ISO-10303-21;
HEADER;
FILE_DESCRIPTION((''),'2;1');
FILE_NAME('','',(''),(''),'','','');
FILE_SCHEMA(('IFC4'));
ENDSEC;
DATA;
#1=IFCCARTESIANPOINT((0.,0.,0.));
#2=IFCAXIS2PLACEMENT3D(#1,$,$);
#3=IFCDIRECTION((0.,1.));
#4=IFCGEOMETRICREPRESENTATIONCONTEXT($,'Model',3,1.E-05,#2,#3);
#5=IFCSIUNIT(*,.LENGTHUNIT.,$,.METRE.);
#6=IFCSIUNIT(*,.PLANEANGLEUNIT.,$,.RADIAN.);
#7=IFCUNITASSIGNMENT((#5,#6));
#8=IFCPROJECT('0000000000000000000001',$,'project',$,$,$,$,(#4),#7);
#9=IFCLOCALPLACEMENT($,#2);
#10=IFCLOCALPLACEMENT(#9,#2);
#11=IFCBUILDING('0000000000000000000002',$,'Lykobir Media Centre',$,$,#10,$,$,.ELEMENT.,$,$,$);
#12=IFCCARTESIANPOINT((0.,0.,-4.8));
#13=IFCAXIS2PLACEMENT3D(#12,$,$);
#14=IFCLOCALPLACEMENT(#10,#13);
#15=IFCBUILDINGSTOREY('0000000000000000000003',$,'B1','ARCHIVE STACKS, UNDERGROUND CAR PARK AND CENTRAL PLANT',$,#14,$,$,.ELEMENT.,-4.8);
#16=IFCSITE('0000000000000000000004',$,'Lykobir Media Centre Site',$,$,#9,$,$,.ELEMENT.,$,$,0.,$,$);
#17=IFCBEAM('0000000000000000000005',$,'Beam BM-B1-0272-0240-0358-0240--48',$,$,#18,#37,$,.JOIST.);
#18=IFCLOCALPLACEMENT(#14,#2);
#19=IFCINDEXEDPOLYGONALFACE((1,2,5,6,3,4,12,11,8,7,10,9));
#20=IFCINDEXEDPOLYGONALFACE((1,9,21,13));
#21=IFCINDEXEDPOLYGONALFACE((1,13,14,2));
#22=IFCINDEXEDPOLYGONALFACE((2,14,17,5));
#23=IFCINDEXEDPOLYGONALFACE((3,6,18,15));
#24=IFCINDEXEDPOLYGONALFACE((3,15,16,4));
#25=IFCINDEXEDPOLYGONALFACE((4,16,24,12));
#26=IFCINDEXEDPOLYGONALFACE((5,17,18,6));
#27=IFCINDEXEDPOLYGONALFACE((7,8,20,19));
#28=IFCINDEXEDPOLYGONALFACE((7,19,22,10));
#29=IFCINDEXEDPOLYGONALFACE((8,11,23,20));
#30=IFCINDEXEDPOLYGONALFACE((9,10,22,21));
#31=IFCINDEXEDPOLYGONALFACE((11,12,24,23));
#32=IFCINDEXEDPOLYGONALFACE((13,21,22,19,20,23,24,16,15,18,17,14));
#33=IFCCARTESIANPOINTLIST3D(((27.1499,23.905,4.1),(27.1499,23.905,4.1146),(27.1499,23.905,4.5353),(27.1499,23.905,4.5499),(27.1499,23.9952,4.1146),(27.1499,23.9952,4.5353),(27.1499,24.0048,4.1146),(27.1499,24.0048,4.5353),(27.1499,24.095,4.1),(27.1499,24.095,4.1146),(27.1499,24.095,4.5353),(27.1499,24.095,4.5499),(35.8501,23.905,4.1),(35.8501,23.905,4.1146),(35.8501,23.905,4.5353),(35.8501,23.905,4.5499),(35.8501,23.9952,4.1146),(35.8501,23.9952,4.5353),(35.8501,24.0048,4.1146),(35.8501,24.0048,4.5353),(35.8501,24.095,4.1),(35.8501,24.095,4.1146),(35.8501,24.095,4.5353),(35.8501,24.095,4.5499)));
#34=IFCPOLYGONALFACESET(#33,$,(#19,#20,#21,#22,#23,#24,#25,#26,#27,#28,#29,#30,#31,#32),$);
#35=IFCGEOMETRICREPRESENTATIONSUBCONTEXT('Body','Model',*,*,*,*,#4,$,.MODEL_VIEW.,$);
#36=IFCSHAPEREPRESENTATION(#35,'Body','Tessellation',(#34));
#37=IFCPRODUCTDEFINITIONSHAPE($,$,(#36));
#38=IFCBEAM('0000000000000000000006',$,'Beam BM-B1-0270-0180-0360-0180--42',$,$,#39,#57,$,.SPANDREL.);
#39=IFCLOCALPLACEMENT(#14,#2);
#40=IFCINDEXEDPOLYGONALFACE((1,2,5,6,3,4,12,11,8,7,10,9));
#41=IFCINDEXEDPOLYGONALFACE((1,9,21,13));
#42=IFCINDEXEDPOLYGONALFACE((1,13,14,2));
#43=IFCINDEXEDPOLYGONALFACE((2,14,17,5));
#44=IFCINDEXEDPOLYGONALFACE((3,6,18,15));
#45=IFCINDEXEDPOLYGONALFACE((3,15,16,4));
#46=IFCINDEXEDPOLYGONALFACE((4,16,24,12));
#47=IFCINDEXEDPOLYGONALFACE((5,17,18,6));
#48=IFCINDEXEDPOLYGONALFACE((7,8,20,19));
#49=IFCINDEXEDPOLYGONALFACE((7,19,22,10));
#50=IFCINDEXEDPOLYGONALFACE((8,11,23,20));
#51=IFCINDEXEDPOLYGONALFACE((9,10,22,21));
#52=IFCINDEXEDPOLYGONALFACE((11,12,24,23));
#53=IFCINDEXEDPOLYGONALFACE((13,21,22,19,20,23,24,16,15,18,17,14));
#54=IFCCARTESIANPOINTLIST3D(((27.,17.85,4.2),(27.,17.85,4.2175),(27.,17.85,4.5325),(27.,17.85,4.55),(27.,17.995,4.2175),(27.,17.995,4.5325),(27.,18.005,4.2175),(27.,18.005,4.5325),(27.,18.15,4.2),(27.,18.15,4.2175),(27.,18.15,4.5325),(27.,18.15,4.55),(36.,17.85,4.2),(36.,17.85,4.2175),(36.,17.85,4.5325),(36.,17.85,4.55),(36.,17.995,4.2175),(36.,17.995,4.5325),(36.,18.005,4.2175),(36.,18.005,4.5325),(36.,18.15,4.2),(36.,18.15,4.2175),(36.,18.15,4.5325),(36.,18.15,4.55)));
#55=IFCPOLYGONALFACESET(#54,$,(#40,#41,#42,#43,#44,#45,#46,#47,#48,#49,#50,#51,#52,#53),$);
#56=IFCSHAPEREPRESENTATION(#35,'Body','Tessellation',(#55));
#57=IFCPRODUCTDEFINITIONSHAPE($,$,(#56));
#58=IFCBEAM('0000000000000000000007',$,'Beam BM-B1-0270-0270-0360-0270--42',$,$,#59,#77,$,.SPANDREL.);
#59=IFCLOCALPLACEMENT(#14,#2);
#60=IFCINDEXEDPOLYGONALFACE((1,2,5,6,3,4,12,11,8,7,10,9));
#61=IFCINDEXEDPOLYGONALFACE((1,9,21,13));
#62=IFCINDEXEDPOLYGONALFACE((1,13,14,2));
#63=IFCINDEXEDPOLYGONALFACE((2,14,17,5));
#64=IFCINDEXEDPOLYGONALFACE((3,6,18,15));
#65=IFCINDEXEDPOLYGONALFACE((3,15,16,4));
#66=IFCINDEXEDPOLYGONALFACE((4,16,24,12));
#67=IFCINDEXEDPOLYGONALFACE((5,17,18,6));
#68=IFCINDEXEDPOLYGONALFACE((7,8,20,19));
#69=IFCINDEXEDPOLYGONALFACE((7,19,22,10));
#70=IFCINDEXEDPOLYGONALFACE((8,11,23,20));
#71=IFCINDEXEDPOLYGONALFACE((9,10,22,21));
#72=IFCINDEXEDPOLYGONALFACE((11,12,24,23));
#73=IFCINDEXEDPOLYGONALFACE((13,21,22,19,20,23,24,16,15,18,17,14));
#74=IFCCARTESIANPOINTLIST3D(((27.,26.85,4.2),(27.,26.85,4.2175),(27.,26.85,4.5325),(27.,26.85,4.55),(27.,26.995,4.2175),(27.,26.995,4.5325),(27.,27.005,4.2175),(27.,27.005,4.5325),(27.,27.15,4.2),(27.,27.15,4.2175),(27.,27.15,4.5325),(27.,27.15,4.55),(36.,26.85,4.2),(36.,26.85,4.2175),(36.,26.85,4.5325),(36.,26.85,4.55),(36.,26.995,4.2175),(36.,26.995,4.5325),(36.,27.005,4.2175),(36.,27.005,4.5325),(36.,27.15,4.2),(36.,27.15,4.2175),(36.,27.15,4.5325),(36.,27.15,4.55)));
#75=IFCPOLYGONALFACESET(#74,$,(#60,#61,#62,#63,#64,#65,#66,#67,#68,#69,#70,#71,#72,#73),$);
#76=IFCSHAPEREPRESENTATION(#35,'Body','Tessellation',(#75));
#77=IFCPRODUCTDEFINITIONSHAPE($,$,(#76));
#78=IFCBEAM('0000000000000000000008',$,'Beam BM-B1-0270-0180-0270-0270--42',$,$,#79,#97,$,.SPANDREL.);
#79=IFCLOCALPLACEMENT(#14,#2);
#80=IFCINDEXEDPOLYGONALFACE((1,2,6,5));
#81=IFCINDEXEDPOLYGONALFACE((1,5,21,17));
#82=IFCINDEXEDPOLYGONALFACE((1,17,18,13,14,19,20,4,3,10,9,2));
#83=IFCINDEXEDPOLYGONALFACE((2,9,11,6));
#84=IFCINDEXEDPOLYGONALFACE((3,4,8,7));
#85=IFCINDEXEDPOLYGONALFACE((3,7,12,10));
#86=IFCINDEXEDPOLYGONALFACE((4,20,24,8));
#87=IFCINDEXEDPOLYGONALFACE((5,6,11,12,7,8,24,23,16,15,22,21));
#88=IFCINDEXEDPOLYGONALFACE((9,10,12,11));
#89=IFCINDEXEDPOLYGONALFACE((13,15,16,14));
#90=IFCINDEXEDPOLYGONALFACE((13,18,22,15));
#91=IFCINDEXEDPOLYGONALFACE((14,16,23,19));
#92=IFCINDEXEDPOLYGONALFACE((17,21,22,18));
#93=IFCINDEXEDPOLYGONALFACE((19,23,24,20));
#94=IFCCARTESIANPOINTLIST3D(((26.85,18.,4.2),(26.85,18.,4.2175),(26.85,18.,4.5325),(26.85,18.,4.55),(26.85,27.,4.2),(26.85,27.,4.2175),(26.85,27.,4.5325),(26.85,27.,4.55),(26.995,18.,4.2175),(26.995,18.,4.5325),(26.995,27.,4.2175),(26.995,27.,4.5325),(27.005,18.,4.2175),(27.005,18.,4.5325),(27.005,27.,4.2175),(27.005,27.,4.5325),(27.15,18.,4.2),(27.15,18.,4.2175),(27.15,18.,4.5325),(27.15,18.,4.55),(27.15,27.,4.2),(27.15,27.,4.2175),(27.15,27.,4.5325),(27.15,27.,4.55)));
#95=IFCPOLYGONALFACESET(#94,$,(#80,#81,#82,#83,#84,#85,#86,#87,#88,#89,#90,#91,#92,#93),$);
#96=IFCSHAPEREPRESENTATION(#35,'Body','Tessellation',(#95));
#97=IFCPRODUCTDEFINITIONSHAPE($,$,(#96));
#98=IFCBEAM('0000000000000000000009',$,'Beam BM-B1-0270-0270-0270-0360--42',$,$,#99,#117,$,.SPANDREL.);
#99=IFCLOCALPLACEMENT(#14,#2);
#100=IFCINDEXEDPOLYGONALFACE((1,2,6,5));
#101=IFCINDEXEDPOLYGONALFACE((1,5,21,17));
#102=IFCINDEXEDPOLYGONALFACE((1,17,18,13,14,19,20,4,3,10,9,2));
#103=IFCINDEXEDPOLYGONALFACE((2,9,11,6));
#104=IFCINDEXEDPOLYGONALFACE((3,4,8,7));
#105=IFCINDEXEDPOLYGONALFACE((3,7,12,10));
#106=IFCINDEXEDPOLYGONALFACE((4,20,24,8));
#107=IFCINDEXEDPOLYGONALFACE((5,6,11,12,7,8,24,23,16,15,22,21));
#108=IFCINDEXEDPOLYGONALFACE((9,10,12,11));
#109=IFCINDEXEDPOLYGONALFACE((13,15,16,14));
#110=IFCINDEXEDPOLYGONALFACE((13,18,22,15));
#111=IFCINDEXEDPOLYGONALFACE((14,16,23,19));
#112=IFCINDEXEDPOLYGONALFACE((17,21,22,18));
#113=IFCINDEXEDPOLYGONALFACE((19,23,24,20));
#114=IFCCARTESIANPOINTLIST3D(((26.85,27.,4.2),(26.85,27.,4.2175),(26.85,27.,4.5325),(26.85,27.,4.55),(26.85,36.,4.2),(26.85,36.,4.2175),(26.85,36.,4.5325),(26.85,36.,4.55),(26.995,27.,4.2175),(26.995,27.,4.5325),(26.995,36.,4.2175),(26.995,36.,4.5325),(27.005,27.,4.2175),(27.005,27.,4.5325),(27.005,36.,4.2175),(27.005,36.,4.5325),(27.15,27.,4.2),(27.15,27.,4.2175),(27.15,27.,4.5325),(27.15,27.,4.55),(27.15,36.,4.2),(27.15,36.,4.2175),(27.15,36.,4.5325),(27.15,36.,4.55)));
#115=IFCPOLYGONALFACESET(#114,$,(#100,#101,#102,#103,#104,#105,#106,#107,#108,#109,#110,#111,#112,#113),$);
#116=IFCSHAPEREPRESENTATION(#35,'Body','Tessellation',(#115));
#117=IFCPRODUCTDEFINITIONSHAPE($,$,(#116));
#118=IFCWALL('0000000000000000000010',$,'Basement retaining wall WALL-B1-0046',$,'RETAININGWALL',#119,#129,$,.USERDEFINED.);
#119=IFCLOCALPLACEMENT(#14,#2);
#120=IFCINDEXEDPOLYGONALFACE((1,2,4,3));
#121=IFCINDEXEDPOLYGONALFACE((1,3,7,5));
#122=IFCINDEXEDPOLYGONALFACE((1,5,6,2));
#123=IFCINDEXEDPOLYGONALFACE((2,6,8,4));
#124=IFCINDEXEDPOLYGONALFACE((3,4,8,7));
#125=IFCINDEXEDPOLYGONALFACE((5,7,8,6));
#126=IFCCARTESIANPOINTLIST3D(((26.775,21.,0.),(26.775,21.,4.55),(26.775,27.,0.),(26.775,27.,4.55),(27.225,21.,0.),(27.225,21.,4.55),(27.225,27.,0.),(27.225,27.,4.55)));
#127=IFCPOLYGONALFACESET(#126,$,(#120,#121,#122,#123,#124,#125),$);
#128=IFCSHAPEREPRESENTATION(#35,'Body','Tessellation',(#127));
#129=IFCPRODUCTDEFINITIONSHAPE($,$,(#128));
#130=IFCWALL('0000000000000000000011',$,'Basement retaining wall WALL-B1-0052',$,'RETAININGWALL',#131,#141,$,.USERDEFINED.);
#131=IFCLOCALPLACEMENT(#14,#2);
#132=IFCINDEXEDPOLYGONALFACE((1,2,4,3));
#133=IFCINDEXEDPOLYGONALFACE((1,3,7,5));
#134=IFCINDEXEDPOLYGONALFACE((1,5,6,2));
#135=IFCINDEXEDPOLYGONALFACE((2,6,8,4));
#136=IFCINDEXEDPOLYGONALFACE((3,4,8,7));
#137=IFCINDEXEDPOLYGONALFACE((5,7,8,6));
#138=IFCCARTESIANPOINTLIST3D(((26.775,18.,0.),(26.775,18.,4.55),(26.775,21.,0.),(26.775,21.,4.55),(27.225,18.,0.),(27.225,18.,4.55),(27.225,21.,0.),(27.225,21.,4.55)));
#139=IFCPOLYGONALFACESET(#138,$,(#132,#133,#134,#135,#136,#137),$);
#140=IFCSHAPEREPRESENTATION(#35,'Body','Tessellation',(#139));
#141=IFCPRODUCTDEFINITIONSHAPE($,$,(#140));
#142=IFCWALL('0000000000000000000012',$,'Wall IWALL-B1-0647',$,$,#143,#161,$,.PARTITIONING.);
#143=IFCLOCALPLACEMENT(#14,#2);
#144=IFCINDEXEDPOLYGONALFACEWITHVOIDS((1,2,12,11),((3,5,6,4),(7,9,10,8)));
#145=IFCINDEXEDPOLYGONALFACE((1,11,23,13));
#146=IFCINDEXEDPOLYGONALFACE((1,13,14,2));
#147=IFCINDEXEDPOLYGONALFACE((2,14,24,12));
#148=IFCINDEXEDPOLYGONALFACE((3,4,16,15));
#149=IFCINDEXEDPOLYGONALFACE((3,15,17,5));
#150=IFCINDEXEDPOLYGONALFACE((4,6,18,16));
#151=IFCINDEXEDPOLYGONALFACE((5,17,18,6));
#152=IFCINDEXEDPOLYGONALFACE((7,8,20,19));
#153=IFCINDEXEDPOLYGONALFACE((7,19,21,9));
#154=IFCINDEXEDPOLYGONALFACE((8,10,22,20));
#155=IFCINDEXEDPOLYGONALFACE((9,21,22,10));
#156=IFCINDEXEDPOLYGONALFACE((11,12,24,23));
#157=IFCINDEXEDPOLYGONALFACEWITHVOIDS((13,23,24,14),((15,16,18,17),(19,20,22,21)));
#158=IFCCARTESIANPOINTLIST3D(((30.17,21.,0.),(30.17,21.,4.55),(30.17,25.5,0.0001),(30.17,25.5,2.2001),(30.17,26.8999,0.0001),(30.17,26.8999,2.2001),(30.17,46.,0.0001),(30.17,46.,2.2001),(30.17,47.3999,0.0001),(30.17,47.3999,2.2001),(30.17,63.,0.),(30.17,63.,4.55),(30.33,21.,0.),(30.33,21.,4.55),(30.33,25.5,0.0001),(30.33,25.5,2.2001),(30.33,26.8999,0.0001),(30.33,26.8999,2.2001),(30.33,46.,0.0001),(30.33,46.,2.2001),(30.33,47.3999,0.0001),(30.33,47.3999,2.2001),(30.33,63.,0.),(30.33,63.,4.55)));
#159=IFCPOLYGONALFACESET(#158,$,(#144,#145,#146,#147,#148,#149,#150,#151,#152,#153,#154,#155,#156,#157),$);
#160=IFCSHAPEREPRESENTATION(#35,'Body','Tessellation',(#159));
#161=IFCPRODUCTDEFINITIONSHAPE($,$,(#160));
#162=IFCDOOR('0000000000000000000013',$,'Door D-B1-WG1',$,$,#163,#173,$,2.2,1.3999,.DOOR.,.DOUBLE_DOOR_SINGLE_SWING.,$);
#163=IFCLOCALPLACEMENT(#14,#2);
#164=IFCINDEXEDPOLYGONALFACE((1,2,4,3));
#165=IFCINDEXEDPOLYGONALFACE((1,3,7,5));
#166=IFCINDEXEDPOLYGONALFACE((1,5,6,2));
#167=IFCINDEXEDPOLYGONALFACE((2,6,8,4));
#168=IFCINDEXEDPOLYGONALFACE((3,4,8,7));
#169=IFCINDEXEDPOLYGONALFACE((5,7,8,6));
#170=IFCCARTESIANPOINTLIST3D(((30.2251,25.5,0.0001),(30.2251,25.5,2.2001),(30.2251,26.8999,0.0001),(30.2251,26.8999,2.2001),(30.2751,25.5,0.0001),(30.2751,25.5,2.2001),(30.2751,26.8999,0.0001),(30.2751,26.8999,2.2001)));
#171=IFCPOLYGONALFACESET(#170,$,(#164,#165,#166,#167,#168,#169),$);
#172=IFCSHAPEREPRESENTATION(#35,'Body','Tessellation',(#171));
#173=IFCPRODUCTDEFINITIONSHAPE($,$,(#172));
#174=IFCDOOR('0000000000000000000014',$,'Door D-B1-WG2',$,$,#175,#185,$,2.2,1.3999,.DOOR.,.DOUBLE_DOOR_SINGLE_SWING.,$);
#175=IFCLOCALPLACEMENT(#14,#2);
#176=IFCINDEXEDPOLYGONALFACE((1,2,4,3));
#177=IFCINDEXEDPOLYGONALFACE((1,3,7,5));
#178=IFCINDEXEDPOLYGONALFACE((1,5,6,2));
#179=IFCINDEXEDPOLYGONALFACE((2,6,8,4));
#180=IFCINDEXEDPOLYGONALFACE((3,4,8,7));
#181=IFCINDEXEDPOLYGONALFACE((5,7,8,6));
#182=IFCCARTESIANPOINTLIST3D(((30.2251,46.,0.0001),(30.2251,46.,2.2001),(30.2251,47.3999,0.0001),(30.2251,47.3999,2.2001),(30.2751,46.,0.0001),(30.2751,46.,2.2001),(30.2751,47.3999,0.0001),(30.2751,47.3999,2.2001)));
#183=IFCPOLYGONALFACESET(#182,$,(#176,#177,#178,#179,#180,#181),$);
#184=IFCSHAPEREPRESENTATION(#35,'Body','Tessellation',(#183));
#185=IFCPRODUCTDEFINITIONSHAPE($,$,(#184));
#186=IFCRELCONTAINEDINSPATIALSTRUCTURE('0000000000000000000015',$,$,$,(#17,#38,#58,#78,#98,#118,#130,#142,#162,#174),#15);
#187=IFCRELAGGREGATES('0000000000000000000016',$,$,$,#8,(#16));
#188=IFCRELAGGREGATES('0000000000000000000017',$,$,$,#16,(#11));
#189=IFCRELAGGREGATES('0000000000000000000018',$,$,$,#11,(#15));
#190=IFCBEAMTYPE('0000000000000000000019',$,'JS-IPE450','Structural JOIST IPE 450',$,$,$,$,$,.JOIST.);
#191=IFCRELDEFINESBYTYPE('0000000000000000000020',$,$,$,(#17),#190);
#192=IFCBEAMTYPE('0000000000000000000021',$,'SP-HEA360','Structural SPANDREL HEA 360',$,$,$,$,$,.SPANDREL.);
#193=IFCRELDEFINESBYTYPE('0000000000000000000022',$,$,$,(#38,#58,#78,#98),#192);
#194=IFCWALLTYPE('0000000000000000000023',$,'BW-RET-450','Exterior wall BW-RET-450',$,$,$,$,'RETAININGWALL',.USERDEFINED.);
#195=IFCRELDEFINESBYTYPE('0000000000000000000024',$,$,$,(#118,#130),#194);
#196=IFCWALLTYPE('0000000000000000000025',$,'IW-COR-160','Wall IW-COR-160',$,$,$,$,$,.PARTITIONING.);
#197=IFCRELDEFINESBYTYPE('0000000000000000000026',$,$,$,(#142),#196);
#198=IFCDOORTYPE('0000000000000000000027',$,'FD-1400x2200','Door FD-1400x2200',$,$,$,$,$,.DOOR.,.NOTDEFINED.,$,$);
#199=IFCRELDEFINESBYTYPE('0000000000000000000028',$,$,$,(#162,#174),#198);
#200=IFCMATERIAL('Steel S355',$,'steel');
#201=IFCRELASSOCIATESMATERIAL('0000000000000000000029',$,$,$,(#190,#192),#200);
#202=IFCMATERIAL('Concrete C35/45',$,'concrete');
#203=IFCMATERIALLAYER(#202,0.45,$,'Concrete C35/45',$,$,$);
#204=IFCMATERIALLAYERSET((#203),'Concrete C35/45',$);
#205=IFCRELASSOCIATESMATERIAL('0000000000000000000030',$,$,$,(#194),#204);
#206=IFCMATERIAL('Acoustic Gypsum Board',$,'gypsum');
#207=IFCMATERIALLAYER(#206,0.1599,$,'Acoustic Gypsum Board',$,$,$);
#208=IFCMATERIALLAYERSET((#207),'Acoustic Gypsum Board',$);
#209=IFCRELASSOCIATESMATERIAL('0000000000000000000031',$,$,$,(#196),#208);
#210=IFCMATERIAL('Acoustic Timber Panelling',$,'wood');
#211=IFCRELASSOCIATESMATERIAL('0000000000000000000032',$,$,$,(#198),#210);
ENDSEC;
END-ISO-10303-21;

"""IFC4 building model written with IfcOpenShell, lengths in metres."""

from ifc_helpers import new_model, si_unit, direction, frame, frame_2d, origin, origin_2d, place, context, subcontext, project, spatial, rectangle, i_section, extrude, material, layer, layer_set, material_profile, profile_set, type_object, element, fill, save


model = new_model("IFC4")

# Units and contexts
model_context = context("Model", 3, precision=1e-05, world=origin(), true_north=direction((0.0, 1.0)))
body_context = subcontext(model_context, "Body", "Model", "MODEL_VIEW")
ifc_project = project(units=[si_unit("LENGTHUNIT", "METRE"), si_unit("PLANEANGLEUNIT", "RADIAN")], contexts=[model_context])

# Site, building, storey
site_placement = place(None, origin())
site = spatial("IfcSite", under=ifc_project, at=site_placement, Name="Lykobir Media Centre Site", CompositionType="ELEMENT", RefElevation=0.0)
building_placement = place(site_placement, origin())
building = spatial("IfcBuilding", under=site, at=building_placement, Name="Lykobir Media Centre", CompositionType="ELEMENT")
storey_placement = place(building_placement, frame((0.0, 0.0, -4.8)))
storey = spatial("IfcBuildingStorey", under=building, at=storey_placement, Name="B1", Description="ARCHIVE STACKS, UNDERGROUND CAR PARK AND CENTRAL PLANT", CompositionType="ELEMENT", Elevation=-4.8)

# Shared definitions
ifc_material_1 = material(Name="Concrete C35/45", Category="concrete")

# Beams
ifc_material_2 = material(Name="Steel S355", Category="steel")
ifc_material_profile_1 = material_profile(ifc_material_2, i_section(OverallWidth=0.1899, OverallDepth=0.45, WebThickness=0.0095, FlangeThickness=0.0146, at=origin_2d()), Name="IPE 450")
ifc_profile_set_1 = profile_set([ifc_material_profile_1], Name="Steel S355")
beam_type_1 = type_object("IfcBeamType", Name="JS-IPE450", Description="Structural JOIST IPE 450", PredefinedType="JOIST", material=ifc_profile_set_1)
for number, where, z_axis, x_axis, name in (
    (1, (27.1499, 24.0, 4.325), (1.0, 0.0, 0.0), (0.0, 1.0, 0.0), "Beam BM-B1-0272-0240-0358-0240--48"),
):
    element("IfcBeam", number, at=place(storey_placement, frame(where, z_axis=z_axis, x_axis=x_axis)), inside=storey, type_object=beam_type_1, Name=name, PredefinedType="JOIST", context=body_context, shape_type="SweptSolid", body=[
        extrude(i_section(OverallWidth=0.1899, OverallDepth=0.45, WebThickness=0.0095, FlangeThickness=0.0146, at=origin_2d()), origin(), (0.0, 0.0, 1.0), 8.7002),
    ])
ifc_material_profile_2 = material_profile(ifc_material_2, i_section(OverallWidth=0.3, OverallDepth=0.3501, WebThickness=0.01, FlangeThickness=0.0176, at=origin_2d()), Name="HEA 360")
ifc_profile_set_2 = profile_set([ifc_material_profile_2], Name="Steel S355")
beam_type_2 = type_object("IfcBeamType", Name="SP-HEA360", Description="Structural SPANDREL HEA 360", PredefinedType="SPANDREL", material=ifc_profile_set_2)
for number, where, z_axis, x_axis, name in (
    (2, (27.0, 18.0, 4.375), (1.0, 0.0, 0.0), (0.0, 1.0, 0.0), "Beam BM-B1-0270-0180-0360-0180--42"),
    (3, (27.0, 27.0, 4.375), (1.0, 0.0, 0.0), (0.0, 1.0, 0.0), "Beam BM-B1-0270-0270-0360-0270--42"),
    (4, (27.0, 18.0, 4.375), (0.0, 1.0, 0.0), (-1.0, 0.0, 0.0), "Beam BM-B1-0270-0180-0270-0270--42"),
    (5, (27.0, 27.0, 4.375), (0.0, 1.0, 0.0), (-1.0, 0.0, 0.0), "Beam BM-B1-0270-0270-0270-0360--42"),
):
    element("IfcBeam", number, at=place(storey_placement, frame(where, z_axis=z_axis, x_axis=x_axis)), inside=storey, type_object=beam_type_2, Name=name, PredefinedType="SPANDREL", context=body_context, shape_type="SweptSolid", body=[
        extrude(i_section(OverallWidth=0.3, OverallDepth=0.3501, WebThickness=0.01, FlangeThickness=0.0176, at=origin_2d()), origin(), (0.0, 0.0, 1.0), 9.0),
    ])

# Walls
ifc_layer_1 = layer(ifc_material_1, 0.45, Name="Concrete C35/45")
ifc_layer_set_1 = layer_set([ifc_layer_1], Name="Concrete C35/45")
wall_type_1 = type_object("IfcWallType", Name="BW-RET-450", Description="Exterior wall BW-RET-450", ElementType="RETAININGWALL", PredefinedType="USERDEFINED", material=ifc_layer_set_1)
wall_1_placement = place(storey_placement, frame((27.0, 27.0, 0.0), z_axis=(0.0, 0.0, 1.0), x_axis=(0.0, -1.0, 0.0)))
element("IfcWall", 6, at=wall_1_placement, inside=storey, type_object=wall_type_1, Name="Basement retaining wall WALL-B1-0046", ObjectType="RETAININGWALL", PredefinedType="USERDEFINED", context=body_context, shape_type="SweptSolid", body=[
    extrude(rectangle(XDim=6.0, YDim=0.45, at=frame_2d((3.0, 0.0))), origin(), (0.0, 0.0, 1.0), 4.55),
])
wall_2_placement = place(storey_placement, frame((27.0, 21.0, 0.0), z_axis=(0.0, 0.0, 1.0), x_axis=(0.0, -1.0, 0.0)))
element("IfcWall", 7, at=wall_2_placement, inside=storey, type_object=wall_type_1, Name="Basement retaining wall WALL-B1-0052", ObjectType="RETAININGWALL", PredefinedType="USERDEFINED", context=body_context, shape_type="SweptSolid", body=[
    extrude(rectangle(XDim=3.0, YDim=0.45, at=frame_2d((1.5, 0.0))), origin(), (0.0, 0.0, 1.0), 4.55),
])

# Wall, openings, doors
ifc_material_3 = material(Name="Acoustic Gypsum Board", Category="gypsum")
ifc_layer_2 = layer(ifc_material_3, 0.1599, Name="Acoustic Gypsum Board")
ifc_layer_set_2 = layer_set([ifc_layer_2], Name="Acoustic Gypsum Board")
wall_type_2 = type_object("IfcWallType", Name="IW-COR-160", Description="Wall IW-COR-160", PredefinedType="PARTITIONING", material=ifc_layer_set_2)
wall_3_placement = place(storey_placement, frame((30.25, 21.0, 0.0), z_axis=(0.0, 0.0, 1.0), x_axis=(0.0, 1.0, 0.0)))
wall_3 = element("IfcWall", 8, at=wall_3_placement, inside=storey, type_object=wall_type_2, Name="Wall IWALL-B1-0647", PredefinedType="PARTITIONING", context=body_context, shape_type="SweptSolid", body=[
    extrude(rectangle(XDim=42.0, YDim=0.1599, at=frame_2d((21.0, 0.0))), origin(), (0.0, 0.0, 1.0), 4.55),
])
opening_1_placement = place(wall_3_placement, frame((4.5, 0.0, 0.0)))
opening_1 = element("IfcOpeningElement", 9, at=opening_1_placement, cuts=wall_3, PredefinedType="OPENING", context=body_context, shape_type="SweptSolid", body=[
    extrude(rectangle(XDim=1.3999, YDim=2.2, at=frame_2d((0.7, 1.1001))), frame((0.0, 0.0898, 0.0), z_axis=(0.0, -1.0, 0.0), x_axis=(1.0, 0.0, 0.0)), (0.0, 0.0, 1.0), 0.1799),
])
opening_2_placement = place(wall_3_placement, frame((25.0, 0.0, 0.0)))
opening_2 = element("IfcOpeningElement", 10, at=opening_2_placement, cuts=wall_3, PredefinedType="OPENING", context=body_context, shape_type="SweptSolid", body=[
    extrude(rectangle(XDim=1.3999, YDim=2.2, at=frame_2d((0.7, 1.1001))), frame((0.0, 0.0898, 0.0), z_axis=(0.0, -1.0, 0.0), x_axis=(1.0, 0.0, 0.0)), (0.0, 0.0, 1.0), 0.1799),
])
ifc_material_4 = material(Name="Acoustic Timber Panelling", Category="wood")
door_type = type_object("IfcDoorType", Name="FD-1400x2200", Description="Door FD-1400x2200", OperationType="NOTDEFINED", PredefinedType="DOOR", material=ifc_material_4)
door_1_placement = place(opening_1_placement, origin())
door_1 = element("IfcDoor", 11, at=door_1_placement, inside=storey, type_object=door_type, Name="Door D-B1-WG1", OperationType="DOUBLE_DOOR_SINGLE_SWING", OverallHeight=2.2, OverallWidth=1.3999, PredefinedType="DOOR", context=body_context, shape_type="SweptSolid", body=[
    extrude(rectangle(XDim=1.3999, YDim=2.2, at=frame_2d((0.7, 1.1001))), frame((0.0, 0.0249, 0.0), z_axis=(0.0, -1.0, 0.0), x_axis=(1.0, 0.0, 0.0)), (0.0, 0.0, 1.0), 0.05),
])
fill(opening_1, door_1)
door_2_placement = place(opening_2_placement, origin())
door_2 = element("IfcDoor", 12, at=door_2_placement, inside=storey, type_object=door_type, Name="Door D-B1-WG2", OperationType="DOUBLE_DOOR_SINGLE_SWING", OverallHeight=2.2, OverallWidth=1.3999, PredefinedType="DOOR", context=body_context, shape_type="SweptSolid", body=[
    extrude(rectangle(XDim=1.3999, YDim=2.2, at=frame_2d((0.7, 1.1001))), frame((0.0, 0.0249, 0.0), z_axis=(0.0, -1.0, 0.0), x_axis=(1.0, 0.0, 0.0)), (0.0, 0.0, 1.0), 0.05),
])
fill(opening_2, door_2)

save(model, "model.ifc")
